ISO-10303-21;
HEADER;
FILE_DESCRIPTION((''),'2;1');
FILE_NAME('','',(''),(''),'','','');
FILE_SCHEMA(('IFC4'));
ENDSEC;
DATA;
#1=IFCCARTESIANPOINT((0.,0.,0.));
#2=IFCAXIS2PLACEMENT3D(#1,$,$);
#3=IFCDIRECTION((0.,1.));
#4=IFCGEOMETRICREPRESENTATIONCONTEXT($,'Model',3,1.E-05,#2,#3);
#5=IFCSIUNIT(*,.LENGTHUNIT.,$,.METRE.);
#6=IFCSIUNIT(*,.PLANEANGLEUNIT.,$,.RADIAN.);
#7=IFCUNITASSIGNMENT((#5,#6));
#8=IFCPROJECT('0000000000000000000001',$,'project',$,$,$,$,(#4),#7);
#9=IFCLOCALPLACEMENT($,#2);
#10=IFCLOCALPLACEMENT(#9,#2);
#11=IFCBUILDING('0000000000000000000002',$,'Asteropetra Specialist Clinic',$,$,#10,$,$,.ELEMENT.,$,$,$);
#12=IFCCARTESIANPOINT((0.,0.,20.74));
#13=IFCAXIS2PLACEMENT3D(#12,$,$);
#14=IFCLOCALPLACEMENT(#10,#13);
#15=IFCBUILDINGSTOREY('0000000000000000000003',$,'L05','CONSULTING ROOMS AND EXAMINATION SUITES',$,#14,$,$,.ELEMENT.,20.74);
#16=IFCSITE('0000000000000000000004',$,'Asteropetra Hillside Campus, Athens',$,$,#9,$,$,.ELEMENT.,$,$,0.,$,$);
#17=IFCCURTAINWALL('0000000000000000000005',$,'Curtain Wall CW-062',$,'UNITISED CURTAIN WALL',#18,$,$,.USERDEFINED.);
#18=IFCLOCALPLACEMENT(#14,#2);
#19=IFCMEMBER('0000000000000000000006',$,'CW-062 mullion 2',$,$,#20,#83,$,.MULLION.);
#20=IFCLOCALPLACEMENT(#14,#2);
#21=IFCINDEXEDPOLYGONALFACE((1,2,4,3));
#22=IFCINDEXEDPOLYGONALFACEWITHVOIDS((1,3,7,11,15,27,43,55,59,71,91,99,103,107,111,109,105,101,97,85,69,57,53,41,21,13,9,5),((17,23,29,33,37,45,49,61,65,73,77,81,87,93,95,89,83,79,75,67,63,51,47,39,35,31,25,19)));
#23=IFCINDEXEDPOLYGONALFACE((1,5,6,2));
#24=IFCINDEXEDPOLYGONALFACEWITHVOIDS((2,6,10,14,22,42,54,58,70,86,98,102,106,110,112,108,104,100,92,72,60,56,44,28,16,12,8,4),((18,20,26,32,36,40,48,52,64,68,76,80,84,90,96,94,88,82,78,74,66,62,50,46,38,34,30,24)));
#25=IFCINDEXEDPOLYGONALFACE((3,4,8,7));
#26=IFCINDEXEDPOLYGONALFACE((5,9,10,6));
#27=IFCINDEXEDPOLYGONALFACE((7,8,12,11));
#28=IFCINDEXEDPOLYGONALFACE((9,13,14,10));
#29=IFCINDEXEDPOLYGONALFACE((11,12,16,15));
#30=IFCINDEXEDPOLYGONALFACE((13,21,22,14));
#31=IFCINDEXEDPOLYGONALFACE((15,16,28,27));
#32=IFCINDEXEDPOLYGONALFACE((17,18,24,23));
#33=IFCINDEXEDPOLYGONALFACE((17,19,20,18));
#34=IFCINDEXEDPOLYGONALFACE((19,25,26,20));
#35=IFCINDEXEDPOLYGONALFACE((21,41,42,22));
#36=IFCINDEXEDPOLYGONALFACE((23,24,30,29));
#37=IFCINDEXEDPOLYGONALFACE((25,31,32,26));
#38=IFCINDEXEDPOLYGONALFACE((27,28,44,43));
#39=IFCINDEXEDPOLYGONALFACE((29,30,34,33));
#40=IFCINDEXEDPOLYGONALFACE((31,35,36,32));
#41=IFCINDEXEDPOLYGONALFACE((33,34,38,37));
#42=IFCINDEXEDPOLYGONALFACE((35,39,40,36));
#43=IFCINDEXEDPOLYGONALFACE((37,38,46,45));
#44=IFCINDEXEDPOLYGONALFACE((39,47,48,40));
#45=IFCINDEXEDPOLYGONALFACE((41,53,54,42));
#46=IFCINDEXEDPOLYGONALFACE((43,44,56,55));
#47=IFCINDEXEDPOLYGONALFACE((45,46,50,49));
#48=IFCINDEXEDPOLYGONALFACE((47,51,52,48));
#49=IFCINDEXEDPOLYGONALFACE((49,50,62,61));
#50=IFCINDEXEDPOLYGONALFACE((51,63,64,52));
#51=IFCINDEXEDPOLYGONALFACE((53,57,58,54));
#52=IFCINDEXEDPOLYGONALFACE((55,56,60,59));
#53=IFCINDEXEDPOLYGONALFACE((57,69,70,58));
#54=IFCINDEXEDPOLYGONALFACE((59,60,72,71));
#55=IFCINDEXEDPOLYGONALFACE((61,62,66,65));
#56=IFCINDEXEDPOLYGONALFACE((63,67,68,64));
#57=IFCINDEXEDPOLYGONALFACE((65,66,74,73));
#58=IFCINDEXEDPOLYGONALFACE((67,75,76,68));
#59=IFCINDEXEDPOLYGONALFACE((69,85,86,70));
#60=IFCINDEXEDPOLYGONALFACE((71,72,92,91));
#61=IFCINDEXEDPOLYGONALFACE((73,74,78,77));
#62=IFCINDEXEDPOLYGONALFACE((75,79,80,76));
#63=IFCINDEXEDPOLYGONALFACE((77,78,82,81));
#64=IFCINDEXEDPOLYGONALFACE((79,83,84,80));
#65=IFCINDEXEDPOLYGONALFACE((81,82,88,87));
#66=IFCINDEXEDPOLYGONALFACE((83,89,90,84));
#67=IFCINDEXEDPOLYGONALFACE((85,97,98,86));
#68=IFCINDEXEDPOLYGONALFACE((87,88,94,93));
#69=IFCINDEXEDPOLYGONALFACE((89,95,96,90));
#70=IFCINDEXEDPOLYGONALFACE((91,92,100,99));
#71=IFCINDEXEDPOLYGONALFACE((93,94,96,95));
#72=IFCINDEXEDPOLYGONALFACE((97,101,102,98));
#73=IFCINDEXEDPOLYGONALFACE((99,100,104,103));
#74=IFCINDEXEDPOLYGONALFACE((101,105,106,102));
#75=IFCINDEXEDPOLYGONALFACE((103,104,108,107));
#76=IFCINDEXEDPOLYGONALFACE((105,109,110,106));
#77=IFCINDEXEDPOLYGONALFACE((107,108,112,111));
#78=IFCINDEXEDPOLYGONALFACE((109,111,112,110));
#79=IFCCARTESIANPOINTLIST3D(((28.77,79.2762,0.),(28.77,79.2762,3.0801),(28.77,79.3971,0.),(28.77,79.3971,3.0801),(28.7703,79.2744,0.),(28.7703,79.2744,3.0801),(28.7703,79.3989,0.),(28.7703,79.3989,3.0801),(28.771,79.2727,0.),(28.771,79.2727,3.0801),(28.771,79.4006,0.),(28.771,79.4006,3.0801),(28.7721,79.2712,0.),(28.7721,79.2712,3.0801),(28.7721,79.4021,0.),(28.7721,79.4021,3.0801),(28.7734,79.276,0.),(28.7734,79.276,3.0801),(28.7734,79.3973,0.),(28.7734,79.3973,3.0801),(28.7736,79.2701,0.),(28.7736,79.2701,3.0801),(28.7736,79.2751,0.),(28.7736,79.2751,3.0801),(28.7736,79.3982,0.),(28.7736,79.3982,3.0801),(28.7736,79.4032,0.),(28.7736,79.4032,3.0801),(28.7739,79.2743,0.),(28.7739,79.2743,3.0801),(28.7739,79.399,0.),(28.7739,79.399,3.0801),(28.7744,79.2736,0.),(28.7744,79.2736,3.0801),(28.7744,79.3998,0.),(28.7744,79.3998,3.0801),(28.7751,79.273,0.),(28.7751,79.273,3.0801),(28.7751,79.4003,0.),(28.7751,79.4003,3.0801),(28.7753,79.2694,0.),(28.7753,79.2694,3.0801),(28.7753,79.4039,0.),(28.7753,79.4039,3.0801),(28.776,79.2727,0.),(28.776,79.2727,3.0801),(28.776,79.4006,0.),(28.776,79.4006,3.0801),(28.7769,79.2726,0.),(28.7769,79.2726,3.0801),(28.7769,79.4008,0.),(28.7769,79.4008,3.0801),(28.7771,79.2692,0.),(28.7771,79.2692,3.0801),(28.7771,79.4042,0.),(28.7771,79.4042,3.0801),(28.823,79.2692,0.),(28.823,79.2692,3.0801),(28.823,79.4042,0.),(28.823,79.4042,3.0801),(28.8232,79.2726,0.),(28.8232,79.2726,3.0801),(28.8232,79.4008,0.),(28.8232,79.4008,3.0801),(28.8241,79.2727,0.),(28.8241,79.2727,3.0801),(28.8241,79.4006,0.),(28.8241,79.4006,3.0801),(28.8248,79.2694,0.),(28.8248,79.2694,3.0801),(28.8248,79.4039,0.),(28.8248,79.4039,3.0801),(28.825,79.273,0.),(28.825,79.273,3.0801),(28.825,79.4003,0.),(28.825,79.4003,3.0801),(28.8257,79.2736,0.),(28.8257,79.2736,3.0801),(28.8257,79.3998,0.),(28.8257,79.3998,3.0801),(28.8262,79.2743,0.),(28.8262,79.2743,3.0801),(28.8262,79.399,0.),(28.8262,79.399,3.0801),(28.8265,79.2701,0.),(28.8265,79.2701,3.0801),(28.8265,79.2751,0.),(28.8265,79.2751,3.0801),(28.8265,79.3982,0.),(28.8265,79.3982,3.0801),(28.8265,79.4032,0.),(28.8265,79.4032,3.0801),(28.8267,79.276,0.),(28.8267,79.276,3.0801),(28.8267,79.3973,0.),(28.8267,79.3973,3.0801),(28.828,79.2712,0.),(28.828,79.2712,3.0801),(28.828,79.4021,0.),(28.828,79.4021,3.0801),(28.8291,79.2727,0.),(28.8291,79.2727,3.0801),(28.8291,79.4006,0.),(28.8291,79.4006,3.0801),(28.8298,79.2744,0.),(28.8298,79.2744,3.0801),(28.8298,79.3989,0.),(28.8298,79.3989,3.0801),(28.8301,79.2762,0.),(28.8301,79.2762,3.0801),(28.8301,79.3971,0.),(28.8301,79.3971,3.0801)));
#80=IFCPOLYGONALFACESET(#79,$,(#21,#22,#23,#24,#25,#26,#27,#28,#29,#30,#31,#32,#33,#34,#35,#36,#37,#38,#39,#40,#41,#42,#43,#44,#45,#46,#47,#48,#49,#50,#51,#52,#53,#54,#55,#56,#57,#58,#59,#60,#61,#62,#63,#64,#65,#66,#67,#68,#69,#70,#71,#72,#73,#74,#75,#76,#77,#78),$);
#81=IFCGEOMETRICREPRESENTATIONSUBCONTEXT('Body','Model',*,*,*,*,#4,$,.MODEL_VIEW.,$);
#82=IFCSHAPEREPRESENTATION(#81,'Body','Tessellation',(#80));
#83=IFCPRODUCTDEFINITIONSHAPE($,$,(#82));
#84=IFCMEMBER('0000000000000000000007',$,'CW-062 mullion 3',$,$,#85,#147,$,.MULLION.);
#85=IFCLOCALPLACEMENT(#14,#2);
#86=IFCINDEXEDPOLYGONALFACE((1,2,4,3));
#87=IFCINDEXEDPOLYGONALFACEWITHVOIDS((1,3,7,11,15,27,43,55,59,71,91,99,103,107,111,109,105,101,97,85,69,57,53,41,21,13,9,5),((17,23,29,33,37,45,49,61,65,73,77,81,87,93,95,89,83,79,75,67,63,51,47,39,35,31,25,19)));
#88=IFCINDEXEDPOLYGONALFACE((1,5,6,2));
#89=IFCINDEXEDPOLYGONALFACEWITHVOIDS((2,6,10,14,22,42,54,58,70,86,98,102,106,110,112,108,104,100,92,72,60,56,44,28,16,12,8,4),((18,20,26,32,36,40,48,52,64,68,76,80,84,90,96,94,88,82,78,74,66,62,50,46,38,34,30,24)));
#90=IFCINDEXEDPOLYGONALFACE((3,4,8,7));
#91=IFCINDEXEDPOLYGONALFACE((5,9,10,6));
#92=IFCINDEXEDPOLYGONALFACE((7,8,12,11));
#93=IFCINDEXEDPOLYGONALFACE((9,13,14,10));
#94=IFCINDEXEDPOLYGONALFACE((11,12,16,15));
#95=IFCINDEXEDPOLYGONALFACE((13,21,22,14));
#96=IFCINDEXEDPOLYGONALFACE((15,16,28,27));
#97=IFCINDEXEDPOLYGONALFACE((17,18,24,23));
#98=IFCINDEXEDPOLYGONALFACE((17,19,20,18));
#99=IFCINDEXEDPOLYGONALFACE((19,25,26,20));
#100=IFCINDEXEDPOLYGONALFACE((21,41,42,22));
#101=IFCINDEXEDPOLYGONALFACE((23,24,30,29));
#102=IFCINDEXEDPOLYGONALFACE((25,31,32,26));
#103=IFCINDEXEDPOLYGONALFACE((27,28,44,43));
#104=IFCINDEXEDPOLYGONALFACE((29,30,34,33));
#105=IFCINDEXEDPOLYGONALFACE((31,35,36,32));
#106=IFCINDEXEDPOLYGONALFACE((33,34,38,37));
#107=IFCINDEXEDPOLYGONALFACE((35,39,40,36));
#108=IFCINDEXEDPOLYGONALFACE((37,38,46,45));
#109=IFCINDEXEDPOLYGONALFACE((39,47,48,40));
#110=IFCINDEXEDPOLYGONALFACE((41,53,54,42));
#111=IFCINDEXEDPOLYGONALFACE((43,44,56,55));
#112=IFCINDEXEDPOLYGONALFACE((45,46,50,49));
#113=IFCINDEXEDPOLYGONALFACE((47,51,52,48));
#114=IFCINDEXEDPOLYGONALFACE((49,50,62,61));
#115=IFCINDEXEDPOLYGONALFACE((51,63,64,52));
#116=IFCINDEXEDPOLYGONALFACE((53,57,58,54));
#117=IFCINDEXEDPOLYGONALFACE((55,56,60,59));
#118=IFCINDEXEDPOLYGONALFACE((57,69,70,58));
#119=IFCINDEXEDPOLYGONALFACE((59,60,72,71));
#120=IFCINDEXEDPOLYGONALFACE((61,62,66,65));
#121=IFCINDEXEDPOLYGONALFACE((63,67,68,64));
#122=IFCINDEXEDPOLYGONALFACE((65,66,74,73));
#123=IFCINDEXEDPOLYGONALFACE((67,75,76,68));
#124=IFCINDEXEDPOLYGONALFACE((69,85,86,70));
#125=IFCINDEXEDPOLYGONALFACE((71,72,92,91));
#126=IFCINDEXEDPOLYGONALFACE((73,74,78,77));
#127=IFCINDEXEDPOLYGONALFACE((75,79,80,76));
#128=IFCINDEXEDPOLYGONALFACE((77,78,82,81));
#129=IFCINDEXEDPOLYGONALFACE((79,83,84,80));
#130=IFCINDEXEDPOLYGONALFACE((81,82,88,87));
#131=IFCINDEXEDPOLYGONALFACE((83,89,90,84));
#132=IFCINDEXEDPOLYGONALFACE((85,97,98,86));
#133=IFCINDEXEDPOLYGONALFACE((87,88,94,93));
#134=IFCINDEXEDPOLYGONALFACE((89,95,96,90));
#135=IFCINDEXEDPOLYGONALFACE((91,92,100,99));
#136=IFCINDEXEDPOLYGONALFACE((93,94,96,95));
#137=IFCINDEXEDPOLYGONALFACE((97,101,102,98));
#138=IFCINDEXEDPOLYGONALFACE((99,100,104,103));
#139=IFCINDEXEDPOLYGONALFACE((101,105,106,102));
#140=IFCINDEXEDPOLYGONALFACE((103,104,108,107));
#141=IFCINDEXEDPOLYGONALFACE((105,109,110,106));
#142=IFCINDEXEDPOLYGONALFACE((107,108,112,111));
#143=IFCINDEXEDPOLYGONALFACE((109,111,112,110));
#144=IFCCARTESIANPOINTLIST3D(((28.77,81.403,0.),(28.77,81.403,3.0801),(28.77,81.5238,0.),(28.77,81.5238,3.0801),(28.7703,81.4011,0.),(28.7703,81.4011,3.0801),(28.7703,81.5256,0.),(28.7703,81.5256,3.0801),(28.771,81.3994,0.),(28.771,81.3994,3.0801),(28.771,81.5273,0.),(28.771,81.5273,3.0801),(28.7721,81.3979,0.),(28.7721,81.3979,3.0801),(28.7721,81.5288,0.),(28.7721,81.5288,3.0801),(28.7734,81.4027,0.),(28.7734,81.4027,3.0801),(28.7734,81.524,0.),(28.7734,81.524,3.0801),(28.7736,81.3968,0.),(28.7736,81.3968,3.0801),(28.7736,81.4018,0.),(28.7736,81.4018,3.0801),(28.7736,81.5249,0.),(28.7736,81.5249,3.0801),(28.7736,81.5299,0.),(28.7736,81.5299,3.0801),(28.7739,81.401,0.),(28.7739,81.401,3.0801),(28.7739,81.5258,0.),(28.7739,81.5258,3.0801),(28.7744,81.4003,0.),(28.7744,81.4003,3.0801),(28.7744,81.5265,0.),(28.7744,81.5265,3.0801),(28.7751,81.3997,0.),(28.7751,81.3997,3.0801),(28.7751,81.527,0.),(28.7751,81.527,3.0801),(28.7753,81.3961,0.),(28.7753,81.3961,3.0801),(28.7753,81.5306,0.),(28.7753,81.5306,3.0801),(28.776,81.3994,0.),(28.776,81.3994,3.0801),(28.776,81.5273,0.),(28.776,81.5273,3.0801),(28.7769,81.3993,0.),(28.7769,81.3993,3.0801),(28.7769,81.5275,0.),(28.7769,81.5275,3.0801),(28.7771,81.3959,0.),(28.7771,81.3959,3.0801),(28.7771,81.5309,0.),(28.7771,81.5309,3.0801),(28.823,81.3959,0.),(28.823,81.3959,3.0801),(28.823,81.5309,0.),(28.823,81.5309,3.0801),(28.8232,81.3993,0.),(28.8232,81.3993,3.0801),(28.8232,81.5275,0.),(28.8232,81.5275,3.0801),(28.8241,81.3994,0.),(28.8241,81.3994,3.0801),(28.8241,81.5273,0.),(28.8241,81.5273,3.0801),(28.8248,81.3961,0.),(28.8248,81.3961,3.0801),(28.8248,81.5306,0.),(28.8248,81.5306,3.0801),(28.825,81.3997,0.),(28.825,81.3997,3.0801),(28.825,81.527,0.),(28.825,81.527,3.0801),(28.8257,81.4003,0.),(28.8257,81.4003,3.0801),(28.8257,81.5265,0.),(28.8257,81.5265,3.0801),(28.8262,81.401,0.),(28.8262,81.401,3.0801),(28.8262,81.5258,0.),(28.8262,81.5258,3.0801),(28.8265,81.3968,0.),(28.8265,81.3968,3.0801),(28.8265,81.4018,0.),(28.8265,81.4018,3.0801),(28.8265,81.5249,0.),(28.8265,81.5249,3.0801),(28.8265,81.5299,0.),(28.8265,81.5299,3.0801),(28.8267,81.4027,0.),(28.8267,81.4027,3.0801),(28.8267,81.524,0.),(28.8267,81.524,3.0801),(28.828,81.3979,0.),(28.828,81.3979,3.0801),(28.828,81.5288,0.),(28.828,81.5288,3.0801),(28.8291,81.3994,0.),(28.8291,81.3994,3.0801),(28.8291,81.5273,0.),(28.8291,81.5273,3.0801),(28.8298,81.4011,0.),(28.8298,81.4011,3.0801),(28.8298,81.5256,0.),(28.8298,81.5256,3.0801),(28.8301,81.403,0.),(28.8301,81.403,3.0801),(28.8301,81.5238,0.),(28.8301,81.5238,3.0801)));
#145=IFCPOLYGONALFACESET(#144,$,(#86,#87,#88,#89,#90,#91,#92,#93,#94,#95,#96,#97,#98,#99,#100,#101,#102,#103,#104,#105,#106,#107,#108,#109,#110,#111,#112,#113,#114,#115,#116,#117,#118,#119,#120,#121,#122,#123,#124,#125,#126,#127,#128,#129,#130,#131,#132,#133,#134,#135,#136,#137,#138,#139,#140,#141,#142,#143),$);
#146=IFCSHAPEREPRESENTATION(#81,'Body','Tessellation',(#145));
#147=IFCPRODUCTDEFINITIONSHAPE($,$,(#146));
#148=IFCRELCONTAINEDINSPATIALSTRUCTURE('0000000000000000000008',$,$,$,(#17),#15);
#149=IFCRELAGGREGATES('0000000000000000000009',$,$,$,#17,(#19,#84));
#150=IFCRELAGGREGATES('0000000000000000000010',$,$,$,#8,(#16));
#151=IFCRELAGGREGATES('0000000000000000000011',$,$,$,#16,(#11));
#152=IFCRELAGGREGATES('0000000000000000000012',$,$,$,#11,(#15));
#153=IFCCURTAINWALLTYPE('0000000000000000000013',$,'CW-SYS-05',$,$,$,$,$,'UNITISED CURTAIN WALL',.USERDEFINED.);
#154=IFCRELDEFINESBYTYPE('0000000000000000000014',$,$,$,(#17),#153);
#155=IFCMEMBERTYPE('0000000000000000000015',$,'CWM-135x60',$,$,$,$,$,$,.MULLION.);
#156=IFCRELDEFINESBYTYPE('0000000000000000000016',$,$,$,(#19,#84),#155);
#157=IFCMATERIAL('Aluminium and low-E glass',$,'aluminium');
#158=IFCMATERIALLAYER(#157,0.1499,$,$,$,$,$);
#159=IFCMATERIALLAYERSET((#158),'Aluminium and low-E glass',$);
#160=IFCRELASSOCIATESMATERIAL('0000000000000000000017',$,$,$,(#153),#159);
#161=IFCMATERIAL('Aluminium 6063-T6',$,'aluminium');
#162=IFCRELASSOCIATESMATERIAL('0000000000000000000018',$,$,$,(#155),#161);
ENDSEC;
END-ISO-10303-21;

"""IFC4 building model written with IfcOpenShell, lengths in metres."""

from ifc_helpers import new_model, si_unit, direction, frame, origin, origin_2d, place, context, subcontext, project, spatial, hollow_rectangle, extrude, material, layer, layer_set, material_profile, profile_set, type_object, element, aggregate, save


model = new_model("IFC4")

# Units and contexts
model_context = context("Model", 3, precision=1e-05, world=origin(), true_north=direction((0.0, 1.0)))
body_context = subcontext(model_context, "Body", "Model", "MODEL_VIEW")
ifc_project = project(units=[si_unit("LENGTHUNIT", "METRE"), si_unit("PLANEANGLEUNIT", "RADIAN")], contexts=[model_context])

# Site, building, storey
site_placement = place(None, origin())
site = spatial("IfcSite", under=ifc_project, at=site_placement, Name="Asteropetra Hillside Campus, Athens", CompositionType="ELEMENT", RefElevation=0.0)
building_placement = place(site_placement, origin())
building = spatial("IfcBuilding", under=site, at=building_placement, Name="Asteropetra Specialist Clinic", CompositionType="ELEMENT")
storey_placement = place(building_placement, frame((0.0, 0.0, 20.74)))
storey = spatial("IfcBuildingStorey", under=building, at=storey_placement, Name="L05", Description="CONSULTING ROOMS AND EXAMINATION SUITES", CompositionType="ELEMENT", Elevation=20.74)

# Curtain wall, members
ifc_material_1 = material(Name="Aluminium and low-E glass", Category="aluminium")
ifc_layer_1 = layer(ifc_material_1, 0.1499)
ifc_layer_set_1 = layer_set([ifc_layer_1], Name="Aluminium and low-E glass")
curtain_wall_type = type_object("IfcCurtainWallType", Name="CW-SYS-05", ElementType="UNITISED CURTAIN WALL", PredefinedType="USERDEFINED", material=ifc_layer_set_1)
curtain_wall_placement = place(storey_placement, origin())
curtain_wall = element("IfcCurtainWall", 1, at=curtain_wall_placement, inside=storey, type_object=curtain_wall_type, Name="Curtain Wall CW-062", ObjectType="UNITISED CURTAIN WALL", PredefinedType="USERDEFINED")
ifc_material_2 = material(Name="Aluminium 6063-T6", Category="aluminium")
ifc_material_profile_1 = material_profile(ifc_material_2, hollow_rectangle(XDim=0.0601, YDim=0.135, WallThickness=0.0034, InnerFilletRadius=0.0034, OuterFilletRadius=0.0071, at=origin_2d()), Name="MUL 135x60x3.5")
ifc_profile_set_1 = profile_set([ifc_material_profile_1], Name="Aluminium 6063-T6")
member_type_1 = type_object("IfcMemberType", Name="CWM-135x60", PredefinedType="MULLION", material=ifc_profile_set_1)
member_1_placement = place(storey_placement, frame((28.8, 79.3367, 0.0), z_axis=(0.0, 0.0, 1.0), x_axis=(-1.0, 0.0, 0.0)))
member_1 = element("IfcMember", 2, at=member_1_placement, type_object=member_type_1, Name="CW-062 mullion 2", PredefinedType="MULLION", context=body_context, shape_type="SweptSolid", body=[
    extrude(hollow_rectangle(XDim=0.0601, YDim=0.135, WallThickness=0.0034, InnerFilletRadius=0.0034, OuterFilletRadius=0.0071, at=origin_2d()), origin(), (0.0, 0.0, 1.0), 3.0801),
])
member_2_placement = place(storey_placement, frame((28.8, 81.4634, 0.0), z_axis=(0.0, 0.0, 1.0), x_axis=(-1.0, 0.0, 0.0)))
member_2 = element("IfcMember", 3, at=member_2_placement, type_object=member_type_1, Name="CW-062 mullion 3", PredefinedType="MULLION", context=body_context, shape_type="SweptSolid", body=[
    extrude(hollow_rectangle(XDim=0.0601, YDim=0.135, WallThickness=0.0034, InnerFilletRadius=0.0034, OuterFilletRadius=0.0071, at=origin_2d()), origin(), (0.0, 0.0, 1.0), 3.0801),
])
aggregate(curtain_wall, [member_1, member_2])

save(model, "model.ifc")
